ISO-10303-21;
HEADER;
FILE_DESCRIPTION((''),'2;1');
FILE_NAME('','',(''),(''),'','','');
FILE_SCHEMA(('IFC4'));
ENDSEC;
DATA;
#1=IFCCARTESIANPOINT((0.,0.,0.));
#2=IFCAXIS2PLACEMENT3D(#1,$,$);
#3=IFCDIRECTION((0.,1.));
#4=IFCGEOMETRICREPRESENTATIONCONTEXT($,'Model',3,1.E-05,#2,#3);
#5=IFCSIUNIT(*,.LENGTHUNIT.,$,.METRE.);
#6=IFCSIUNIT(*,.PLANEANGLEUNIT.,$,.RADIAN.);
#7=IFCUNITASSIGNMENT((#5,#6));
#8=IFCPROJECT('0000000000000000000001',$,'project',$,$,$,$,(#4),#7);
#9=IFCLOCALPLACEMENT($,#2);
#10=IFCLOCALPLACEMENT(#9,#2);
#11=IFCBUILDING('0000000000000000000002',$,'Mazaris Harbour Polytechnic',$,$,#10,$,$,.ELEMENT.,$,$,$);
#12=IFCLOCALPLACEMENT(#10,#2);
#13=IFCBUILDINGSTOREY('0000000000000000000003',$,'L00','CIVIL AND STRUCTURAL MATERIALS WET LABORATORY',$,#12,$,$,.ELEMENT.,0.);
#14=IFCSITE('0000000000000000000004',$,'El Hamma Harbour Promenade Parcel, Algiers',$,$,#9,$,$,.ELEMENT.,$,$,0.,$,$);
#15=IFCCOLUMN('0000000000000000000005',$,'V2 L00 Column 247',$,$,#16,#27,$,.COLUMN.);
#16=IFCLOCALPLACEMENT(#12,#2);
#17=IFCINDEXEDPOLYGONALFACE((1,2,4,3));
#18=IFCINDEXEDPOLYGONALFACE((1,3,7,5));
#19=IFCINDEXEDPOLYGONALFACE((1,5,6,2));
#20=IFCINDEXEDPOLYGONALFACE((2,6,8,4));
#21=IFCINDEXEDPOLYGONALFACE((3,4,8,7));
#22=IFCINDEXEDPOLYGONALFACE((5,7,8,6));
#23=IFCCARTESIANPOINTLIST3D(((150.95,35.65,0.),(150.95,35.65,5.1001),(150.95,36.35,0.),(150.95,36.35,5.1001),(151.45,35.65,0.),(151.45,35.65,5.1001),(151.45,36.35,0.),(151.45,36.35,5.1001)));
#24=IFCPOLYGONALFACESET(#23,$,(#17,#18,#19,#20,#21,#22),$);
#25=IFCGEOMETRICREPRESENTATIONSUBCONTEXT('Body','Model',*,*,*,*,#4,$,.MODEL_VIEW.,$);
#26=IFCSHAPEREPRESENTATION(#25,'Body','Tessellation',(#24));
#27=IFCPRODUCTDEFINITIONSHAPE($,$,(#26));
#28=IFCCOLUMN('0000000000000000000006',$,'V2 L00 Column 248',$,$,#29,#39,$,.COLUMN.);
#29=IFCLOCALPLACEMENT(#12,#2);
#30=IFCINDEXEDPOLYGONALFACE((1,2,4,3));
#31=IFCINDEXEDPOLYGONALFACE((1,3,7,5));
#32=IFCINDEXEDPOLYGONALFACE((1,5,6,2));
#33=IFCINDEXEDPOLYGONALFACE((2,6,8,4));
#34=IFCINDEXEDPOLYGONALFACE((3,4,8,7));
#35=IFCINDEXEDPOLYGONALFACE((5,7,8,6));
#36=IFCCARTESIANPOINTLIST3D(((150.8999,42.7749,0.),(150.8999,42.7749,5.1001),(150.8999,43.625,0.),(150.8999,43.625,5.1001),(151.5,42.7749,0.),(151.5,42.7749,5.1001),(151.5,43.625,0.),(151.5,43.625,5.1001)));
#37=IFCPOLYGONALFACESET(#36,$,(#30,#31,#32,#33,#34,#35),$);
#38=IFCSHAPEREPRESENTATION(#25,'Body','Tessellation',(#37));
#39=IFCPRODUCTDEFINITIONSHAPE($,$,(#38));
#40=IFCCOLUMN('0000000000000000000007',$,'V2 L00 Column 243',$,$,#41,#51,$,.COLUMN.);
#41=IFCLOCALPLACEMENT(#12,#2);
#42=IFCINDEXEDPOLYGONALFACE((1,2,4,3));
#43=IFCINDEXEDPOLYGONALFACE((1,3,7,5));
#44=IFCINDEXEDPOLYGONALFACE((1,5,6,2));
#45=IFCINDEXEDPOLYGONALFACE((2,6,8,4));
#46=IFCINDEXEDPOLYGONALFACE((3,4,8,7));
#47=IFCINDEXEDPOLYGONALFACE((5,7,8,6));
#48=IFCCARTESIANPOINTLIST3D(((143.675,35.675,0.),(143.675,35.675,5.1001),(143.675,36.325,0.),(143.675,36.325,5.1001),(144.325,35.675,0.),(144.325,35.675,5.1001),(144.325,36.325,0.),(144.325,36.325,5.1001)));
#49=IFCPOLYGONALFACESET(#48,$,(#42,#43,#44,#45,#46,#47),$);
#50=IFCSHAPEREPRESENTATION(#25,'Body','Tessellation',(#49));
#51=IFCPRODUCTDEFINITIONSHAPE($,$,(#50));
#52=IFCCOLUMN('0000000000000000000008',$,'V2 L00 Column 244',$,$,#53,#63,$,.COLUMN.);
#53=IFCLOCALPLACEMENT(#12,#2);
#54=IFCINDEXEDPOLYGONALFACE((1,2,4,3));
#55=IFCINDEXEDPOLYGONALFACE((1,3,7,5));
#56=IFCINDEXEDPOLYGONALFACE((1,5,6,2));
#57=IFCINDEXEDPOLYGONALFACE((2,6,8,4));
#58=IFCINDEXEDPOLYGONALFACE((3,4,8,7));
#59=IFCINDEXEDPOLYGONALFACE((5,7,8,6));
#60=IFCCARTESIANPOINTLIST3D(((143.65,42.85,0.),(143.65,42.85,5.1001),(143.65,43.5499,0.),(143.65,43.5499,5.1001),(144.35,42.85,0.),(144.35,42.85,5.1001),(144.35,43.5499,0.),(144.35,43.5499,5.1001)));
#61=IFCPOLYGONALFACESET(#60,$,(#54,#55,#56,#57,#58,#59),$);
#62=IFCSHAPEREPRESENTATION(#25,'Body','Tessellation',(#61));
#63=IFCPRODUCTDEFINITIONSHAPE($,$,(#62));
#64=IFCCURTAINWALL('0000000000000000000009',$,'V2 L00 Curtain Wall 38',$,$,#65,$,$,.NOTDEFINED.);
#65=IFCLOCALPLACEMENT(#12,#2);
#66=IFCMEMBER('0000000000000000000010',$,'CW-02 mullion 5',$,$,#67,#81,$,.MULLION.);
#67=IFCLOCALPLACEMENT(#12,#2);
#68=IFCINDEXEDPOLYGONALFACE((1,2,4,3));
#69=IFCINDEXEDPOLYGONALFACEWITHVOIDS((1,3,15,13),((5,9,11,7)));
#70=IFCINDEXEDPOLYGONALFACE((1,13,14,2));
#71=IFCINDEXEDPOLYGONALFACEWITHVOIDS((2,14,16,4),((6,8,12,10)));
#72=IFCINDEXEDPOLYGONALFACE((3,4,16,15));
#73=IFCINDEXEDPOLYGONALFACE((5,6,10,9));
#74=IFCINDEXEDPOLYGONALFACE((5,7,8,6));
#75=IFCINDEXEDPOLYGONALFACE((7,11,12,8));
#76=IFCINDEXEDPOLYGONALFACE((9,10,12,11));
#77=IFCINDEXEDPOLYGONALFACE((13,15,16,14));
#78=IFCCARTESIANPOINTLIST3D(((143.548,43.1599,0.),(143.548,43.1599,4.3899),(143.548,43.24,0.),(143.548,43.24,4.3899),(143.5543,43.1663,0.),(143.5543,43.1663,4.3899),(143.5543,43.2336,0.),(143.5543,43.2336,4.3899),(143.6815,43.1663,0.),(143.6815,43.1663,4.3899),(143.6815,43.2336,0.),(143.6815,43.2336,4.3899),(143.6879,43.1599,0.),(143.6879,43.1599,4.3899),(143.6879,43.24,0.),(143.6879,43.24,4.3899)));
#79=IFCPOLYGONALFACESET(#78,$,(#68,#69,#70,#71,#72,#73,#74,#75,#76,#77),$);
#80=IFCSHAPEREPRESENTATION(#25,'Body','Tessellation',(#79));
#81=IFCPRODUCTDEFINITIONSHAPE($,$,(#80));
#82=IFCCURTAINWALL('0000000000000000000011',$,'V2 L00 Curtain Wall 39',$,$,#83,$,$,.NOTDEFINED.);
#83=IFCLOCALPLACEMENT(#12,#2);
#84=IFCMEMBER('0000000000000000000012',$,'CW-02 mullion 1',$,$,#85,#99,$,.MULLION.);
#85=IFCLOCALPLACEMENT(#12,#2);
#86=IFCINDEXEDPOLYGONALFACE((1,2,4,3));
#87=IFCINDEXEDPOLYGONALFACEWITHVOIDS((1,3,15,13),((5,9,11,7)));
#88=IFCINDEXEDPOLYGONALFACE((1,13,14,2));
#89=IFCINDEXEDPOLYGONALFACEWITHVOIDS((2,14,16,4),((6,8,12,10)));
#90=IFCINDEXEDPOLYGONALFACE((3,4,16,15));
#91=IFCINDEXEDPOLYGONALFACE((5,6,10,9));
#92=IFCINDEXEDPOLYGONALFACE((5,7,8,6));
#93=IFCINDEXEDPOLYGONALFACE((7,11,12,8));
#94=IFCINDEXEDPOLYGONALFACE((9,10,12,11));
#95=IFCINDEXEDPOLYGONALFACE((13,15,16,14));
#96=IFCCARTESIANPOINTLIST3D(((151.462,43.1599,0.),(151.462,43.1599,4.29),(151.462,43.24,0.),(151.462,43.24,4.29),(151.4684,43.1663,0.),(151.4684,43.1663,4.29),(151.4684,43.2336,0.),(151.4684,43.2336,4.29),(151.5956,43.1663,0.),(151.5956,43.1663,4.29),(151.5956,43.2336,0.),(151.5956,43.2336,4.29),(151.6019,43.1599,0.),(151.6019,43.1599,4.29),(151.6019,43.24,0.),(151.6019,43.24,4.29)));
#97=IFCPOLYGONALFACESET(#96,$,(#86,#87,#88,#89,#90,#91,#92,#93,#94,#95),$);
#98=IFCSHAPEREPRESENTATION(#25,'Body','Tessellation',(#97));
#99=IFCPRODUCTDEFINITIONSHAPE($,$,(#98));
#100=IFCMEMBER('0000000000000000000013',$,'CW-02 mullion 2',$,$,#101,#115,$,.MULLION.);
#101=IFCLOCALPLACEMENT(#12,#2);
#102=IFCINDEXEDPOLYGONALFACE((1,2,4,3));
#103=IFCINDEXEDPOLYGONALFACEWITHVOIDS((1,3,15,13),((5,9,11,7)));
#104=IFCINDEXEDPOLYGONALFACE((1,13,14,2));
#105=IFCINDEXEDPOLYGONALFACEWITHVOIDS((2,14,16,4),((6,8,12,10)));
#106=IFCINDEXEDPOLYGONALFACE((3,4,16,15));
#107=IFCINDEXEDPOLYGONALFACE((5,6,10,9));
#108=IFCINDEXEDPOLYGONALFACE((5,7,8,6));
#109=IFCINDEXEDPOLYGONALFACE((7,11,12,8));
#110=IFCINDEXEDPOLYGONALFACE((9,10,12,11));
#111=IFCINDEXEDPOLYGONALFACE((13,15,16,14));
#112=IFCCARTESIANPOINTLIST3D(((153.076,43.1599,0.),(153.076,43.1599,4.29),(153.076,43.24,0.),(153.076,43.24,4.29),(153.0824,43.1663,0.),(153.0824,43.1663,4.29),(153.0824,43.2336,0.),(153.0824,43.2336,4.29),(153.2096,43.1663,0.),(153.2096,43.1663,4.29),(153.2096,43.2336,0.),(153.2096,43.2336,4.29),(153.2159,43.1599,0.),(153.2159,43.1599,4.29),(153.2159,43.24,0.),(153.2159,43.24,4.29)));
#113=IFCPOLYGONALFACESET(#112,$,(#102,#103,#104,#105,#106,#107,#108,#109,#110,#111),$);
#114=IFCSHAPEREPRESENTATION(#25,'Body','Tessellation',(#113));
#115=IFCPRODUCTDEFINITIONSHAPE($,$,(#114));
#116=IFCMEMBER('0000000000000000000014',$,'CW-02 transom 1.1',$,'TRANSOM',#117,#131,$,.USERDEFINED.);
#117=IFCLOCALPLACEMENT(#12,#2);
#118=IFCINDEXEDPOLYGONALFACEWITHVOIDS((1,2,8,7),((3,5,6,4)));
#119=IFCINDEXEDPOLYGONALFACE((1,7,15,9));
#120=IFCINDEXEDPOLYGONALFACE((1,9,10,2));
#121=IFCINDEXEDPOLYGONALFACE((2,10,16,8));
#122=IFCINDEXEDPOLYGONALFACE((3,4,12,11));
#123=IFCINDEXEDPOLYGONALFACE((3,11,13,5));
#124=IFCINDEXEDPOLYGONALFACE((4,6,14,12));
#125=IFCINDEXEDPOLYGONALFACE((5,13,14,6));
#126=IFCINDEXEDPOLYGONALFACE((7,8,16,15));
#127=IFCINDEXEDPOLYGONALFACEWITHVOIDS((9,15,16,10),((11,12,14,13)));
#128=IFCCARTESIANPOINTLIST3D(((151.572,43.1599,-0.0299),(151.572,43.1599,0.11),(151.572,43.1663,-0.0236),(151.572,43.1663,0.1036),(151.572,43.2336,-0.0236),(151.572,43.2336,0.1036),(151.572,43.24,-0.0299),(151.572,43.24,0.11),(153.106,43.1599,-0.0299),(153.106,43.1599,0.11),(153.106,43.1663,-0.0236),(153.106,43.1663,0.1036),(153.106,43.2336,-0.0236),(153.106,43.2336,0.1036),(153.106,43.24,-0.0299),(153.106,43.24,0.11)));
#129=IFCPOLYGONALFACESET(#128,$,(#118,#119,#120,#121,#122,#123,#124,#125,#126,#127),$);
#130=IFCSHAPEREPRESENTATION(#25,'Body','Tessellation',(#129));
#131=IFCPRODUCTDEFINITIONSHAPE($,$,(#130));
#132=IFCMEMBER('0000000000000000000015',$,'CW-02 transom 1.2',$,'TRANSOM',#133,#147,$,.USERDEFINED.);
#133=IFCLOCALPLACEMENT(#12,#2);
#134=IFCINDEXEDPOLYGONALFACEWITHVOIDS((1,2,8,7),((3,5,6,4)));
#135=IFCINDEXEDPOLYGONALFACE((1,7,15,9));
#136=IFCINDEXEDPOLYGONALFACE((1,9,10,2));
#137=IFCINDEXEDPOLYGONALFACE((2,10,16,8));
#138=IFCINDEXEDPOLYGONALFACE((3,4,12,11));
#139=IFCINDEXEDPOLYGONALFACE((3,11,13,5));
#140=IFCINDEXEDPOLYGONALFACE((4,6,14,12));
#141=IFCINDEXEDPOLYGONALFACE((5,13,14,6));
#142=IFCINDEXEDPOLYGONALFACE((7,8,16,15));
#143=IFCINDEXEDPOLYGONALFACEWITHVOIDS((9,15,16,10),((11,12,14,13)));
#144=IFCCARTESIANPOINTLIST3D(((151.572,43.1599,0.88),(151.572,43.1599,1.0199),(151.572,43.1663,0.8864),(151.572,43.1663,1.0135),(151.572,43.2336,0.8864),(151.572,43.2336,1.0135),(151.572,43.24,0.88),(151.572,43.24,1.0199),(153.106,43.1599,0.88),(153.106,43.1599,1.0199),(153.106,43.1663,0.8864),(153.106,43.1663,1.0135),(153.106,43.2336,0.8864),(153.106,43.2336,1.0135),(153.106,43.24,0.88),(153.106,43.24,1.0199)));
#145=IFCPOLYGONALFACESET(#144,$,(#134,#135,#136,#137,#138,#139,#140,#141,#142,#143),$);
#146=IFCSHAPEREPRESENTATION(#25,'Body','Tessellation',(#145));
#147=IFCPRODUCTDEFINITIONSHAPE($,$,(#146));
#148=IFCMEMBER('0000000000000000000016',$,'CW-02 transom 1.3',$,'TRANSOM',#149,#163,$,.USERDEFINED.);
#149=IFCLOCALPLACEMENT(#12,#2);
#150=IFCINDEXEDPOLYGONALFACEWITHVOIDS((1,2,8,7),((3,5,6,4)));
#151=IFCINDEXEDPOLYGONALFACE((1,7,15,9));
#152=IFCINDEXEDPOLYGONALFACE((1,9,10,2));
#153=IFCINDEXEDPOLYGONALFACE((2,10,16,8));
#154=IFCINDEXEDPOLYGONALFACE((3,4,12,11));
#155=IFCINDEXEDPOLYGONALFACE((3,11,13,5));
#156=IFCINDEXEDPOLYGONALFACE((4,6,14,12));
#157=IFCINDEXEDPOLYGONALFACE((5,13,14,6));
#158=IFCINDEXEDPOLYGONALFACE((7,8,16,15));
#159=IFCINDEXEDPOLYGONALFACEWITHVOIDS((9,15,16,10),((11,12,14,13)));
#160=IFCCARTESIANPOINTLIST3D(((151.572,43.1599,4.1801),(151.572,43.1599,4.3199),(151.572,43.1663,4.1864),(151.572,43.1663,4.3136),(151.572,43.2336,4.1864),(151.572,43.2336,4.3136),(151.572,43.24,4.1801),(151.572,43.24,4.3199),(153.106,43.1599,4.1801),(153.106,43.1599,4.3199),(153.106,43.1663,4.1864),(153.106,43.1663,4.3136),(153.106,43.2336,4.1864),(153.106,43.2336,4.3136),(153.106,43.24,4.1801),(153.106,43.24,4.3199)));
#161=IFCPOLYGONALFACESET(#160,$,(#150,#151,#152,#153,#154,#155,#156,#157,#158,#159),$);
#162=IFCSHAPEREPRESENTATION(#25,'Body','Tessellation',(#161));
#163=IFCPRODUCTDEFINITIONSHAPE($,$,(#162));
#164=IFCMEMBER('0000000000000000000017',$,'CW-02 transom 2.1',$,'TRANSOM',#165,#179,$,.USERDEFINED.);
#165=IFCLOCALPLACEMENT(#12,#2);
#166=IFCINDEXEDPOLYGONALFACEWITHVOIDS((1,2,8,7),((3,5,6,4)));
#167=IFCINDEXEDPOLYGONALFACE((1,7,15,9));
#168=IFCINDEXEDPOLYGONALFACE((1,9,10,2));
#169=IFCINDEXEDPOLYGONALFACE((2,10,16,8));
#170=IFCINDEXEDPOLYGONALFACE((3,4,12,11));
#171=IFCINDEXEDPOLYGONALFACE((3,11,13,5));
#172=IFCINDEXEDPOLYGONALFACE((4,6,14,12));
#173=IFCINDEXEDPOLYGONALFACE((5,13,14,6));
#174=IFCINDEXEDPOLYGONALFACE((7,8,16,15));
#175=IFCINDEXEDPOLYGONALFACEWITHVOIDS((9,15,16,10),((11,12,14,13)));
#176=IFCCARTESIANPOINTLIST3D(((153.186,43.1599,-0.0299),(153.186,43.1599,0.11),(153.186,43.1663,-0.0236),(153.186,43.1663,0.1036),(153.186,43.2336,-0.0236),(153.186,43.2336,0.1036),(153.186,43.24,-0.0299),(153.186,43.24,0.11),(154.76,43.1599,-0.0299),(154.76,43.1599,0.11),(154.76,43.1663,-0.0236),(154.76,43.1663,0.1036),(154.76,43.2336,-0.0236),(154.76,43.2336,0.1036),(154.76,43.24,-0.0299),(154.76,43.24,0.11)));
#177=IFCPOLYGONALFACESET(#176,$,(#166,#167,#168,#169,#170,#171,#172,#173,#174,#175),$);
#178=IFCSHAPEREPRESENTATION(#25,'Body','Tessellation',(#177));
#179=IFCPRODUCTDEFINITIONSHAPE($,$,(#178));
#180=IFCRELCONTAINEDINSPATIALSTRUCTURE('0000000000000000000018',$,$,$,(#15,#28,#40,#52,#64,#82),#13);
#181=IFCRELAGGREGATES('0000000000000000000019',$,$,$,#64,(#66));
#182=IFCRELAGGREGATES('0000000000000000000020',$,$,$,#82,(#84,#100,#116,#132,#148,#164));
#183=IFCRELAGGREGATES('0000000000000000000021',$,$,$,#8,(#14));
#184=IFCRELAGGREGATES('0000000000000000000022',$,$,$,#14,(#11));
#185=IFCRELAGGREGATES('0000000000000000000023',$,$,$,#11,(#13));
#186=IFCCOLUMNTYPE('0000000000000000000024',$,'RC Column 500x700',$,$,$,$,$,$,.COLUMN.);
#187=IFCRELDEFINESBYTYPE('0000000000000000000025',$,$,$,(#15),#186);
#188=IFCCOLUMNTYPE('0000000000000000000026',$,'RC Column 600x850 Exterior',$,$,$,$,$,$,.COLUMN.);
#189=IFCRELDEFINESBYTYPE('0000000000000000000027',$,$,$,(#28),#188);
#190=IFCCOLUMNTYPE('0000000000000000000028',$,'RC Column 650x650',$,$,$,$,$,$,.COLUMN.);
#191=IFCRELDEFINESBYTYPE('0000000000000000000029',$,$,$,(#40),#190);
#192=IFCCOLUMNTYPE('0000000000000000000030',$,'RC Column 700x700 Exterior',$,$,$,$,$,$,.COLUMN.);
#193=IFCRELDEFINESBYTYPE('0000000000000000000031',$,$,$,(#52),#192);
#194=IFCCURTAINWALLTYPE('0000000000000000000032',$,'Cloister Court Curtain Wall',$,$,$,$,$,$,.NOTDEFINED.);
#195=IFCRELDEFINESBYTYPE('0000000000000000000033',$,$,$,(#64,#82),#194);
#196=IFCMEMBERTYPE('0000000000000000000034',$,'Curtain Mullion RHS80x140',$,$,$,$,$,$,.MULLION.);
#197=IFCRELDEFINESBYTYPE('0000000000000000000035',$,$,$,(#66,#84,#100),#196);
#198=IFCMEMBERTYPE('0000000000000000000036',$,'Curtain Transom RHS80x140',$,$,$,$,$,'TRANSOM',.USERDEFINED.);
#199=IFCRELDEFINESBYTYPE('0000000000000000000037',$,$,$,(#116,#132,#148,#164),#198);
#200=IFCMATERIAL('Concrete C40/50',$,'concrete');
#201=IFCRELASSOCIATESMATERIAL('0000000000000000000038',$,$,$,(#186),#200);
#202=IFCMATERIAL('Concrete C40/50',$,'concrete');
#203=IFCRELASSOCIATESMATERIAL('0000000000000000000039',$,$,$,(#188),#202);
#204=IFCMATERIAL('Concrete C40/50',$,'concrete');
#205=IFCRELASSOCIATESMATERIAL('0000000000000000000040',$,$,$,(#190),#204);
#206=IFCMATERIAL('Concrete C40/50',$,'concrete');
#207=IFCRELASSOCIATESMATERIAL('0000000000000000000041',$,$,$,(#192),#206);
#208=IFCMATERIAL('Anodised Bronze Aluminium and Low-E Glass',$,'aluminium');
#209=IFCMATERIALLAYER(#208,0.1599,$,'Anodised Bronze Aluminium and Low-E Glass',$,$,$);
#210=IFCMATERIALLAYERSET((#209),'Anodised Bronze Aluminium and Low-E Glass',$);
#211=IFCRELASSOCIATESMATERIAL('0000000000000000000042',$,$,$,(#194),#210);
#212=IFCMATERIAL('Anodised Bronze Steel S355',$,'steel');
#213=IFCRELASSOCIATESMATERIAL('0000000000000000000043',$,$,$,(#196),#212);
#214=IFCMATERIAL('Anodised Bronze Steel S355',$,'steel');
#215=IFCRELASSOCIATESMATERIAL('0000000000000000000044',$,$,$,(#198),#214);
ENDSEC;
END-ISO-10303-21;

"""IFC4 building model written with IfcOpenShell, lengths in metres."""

from ifc_helpers import new_model, si_unit, direction, frame, origin, origin_2d, place, context, subcontext, project, spatial, rectangle, hollow_rectangle, extrude, material, layer, layer_set, material_profile, profile_set, type_object, element, aggregate, save


model = new_model("IFC4")

# Units and contexts
model_context = context("Model", 3, precision=1e-05, world=origin(), true_north=direction((0.0, 1.0)))
body_context = subcontext(model_context, "Body", "Model", "MODEL_VIEW")
ifc_project = project(units=[si_unit("LENGTHUNIT", "METRE"), si_unit("PLANEANGLEUNIT", "RADIAN")], contexts=[model_context])

# Site, building, storey
site_placement = place(None, origin())
site = spatial("IfcSite", under=ifc_project, at=site_placement, Name="El Hamma Harbour Promenade Parcel, Algiers", CompositionType="ELEMENT", RefElevation=0.0)
building_placement = place(site_placement, origin())
building = spatial("IfcBuilding", under=site, at=building_placement, Name="Mazaris Harbour Polytechnic", CompositionType="ELEMENT")
storey_placement = place(building_placement, origin())
storey = spatial("IfcBuildingStorey", under=building, at=storey_placement, Name="L00", Description="CIVIL AND STRUCTURAL MATERIALS WET LABORATORY", CompositionType="ELEMENT", Elevation=0.0)

# Columns
ifc_material_1 = material(Name="Concrete C40/50", Category="concrete")
ifc_material_profile_1 = material_profile(ifc_material_1, rectangle(XDim=0.5, YDim=0.7, at=origin_2d()), Name="RECT500x700")
ifc_profile_set_1 = profile_set([ifc_material_profile_1], Name="Concrete C40/50")
column_type_1 = type_object("IfcColumnType", Name="RC Column 500x700", PredefinedType="COLUMN", material=ifc_profile_set_1)
column_1_placement = place(storey_placement, frame((151.2, 36.0, 0.0), z_axis=(0.0, 0.0, 1.0), x_axis=(1.0, 0.0, 0.0)))
element("IfcColumn", 1, at=column_1_placement, inside=storey, type_object=column_type_1, Name="V2 L00 Column 247", PredefinedType="COLUMN", context=body_context, shape_type="SweptSolid", body=[
    extrude(rectangle(XDim=0.5, YDim=0.7, at=origin_2d()), origin(), (0.0, 0.0, 1.0), 5.1001),
])
ifc_material_2 = material(Name="Concrete C40/50", Category="concrete")
ifc_material_profile_2 = material_profile(ifc_material_2, rectangle(XDim=0.6001, YDim=0.8501, at=origin_2d()), Name="RECT600x850")
ifc_profile_set_2 = profile_set([ifc_material_profile_2], Name="Concrete C40/50")
column_type_2 = type_object("IfcColumnType", Name="RC Column 600x850 Exterior", PredefinedType="COLUMN", material=ifc_profile_set_2)
column_2_placement = place(storey_placement, frame((151.2, 43.2, 0.0), z_axis=(0.0, 0.0, 1.0), x_axis=(1.0, 0.0, 0.0)))
element("IfcColumn", 2, at=column_2_placement, inside=storey, type_object=column_type_2, Name="V2 L00 Column 248", PredefinedType="COLUMN", context=body_context, shape_type="SweptSolid", body=[
    extrude(rectangle(XDim=0.6001, YDim=0.8501, at=origin_2d()), origin(), (0.0, 0.0, 1.0), 5.1001),
])
ifc_material_3 = material(Name="Concrete C40/50", Category="concrete")
ifc_material_profile_3 = material_profile(ifc_material_3, rectangle(XDim=0.6499, YDim=0.6499, at=origin_2d()), Name="RECT650x650")
ifc_profile_set_3 = profile_set([ifc_material_profile_3], Name="Concrete C40/50")
column_type_3 = type_object("IfcColumnType", Name="RC Column 650x650", PredefinedType="COLUMN", material=ifc_profile_set_3)
column_3_placement = place(storey_placement, frame((144.0, 36.0, 0.0), z_axis=(0.0, 0.0, 1.0), x_axis=(1.0, 0.0, 0.0)))
element("IfcColumn", 3, at=column_3_placement, inside=storey, type_object=column_type_3, Name="V2 L00 Column 243", PredefinedType="COLUMN", context=body_context, shape_type="SweptSolid", body=[
    extrude(rectangle(XDim=0.6499, YDim=0.6499, at=origin_2d()), origin(), (0.0, 0.0, 1.0), 5.1001),
])
ifc_material_4 = material(Name="Concrete C40/50", Category="concrete")
ifc_material_profile_4 = material_profile(ifc_material_4, rectangle(XDim=0.7, YDim=0.7, at=origin_2d()), Name="RECT700x700")
ifc_profile_set_4 = profile_set([ifc_material_profile_4], Name="Concrete C40/50")
column_type_4 = type_object("IfcColumnType", Name="RC Column 700x700 Exterior", PredefinedType="COLUMN", material=ifc_profile_set_4)
column_4_placement = place(storey_placement, frame((144.0, 43.2, 0.0), z_axis=(0.0, 0.0, 1.0), x_axis=(1.0, 0.0, 0.0)))
element("IfcColumn", 4, at=column_4_placement, inside=storey, type_object=column_type_4, Name="V2 L00 Column 244", PredefinedType="COLUMN", context=body_context, shape_type="SweptSolid", body=[
    extrude(rectangle(XDim=0.7, YDim=0.7, at=origin_2d()), origin(), (0.0, 0.0, 1.0), 5.1001),
])

# Curtain wall, member
ifc_material_5 = material(Name="Anodised Bronze Aluminium and Low-E Glass", Category="aluminium")
ifc_layer_1 = layer(ifc_material_5, 0.1599, Name="Anodised Bronze Aluminium and Low-E Glass")
ifc_layer_set_1 = layer_set([ifc_layer_1], Name="Anodised Bronze Aluminium and Low-E Glass")
curtain_wall_type = type_object("IfcCurtainWallType", Name="Cloister Court Curtain Wall", PredefinedType="NOTDEFINED", material=ifc_layer_set_1)
curtain_wall_1_placement = place(storey_placement, origin())
curtain_wall_1 = element("IfcCurtainWall", 5, at=curtain_wall_1_placement, inside=storey, type_object=curtain_wall_type, Name="V2 L00 Curtain Wall 38", PredefinedType="NOTDEFINED")
ifc_material_6 = material(Name="Anodised Bronze Steel S355", Category="steel")
ifc_material_profile_5 = material_profile(ifc_material_6, hollow_rectangle(XDim=0.0801, YDim=0.1399, WallThickness=0.0063, at=origin_2d()), Name="RHS 80x140x6.3")
ifc_profile_set_5 = profile_set([ifc_material_profile_5], Name="Anodised Bronze Steel S355")
member_type_1 = type_object("IfcMemberType", Name="Curtain Mullion RHS80x140", PredefinedType="MULLION", material=ifc_profile_set_5)
member_1_placement = place(storey_placement, frame((143.6179, 43.2, 0.0), z_axis=(0.0, 0.0, 1.0), x_axis=(0.0, 1.0, 0.0)))
member_1 = element("IfcMember", 6, at=member_1_placement, type_object=member_type_1, Name="CW-02 mullion 5", PredefinedType="MULLION", context=body_context, shape_type="SweptSolid", body=[
    extrude(hollow_rectangle(XDim=0.0801, YDim=0.1399, WallThickness=0.0063, at=origin_2d()), origin(), (0.0, 0.0, 1.0), 4.3899),
])

# Curtain wall, members
curtain_wall_2_placement = place(storey_placement, origin())
curtain_wall_2 = element("IfcCurtainWall", 7, at=curtain_wall_2_placement, inside=storey, type_object=curtain_wall_type, Name="V2 L00 Curtain Wall 39", PredefinedType="NOTDEFINED")
member_2_placement = place(storey_placement, frame((151.532, 43.2, 0.0), z_axis=(0.0, 0.0, 1.0), x_axis=(0.0, 1.0, 0.0)))
member_2 = element("IfcMember", 8, at=member_2_placement, type_object=member_type_1, Name="CW-02 mullion 1", PredefinedType="MULLION", context=body_context, shape_type="SweptSolid", body=[
    extrude(hollow_rectangle(XDim=0.0801, YDim=0.1399, WallThickness=0.0063, at=origin_2d()), origin(), (0.0, 0.0, 1.0), 4.29),
])
member_3_placement = place(storey_placement, frame((153.146, 43.2, 0.0), z_axis=(0.0, 0.0, 1.0), x_axis=(0.0, 1.0, 0.0)))
member_3 = element("IfcMember", 9, at=member_3_placement, type_object=member_type_1, Name="CW-02 mullion 2", PredefinedType="MULLION", context=body_context, shape_type="SweptSolid", body=[
    extrude(hollow_rectangle(XDim=0.0801, YDim=0.1399, WallThickness=0.0063, at=origin_2d()), origin(), (0.0, 0.0, 1.0), 4.29),
])
ifc_material_7 = material(Name="Anodised Bronze Steel S355", Category="steel")
ifc_material_profile_6 = material_profile(ifc_material_7, hollow_rectangle(XDim=0.0801, YDim=0.1399, WallThickness=0.0063, at=origin_2d()), Name="RHS 80x140x6.3")
ifc_profile_set_6 = profile_set([ifc_material_profile_6], Name="Anodised Bronze Steel S355")
member_type_2 = type_object("IfcMemberType", Name="Curtain Transom RHS80x140", ElementType="TRANSOM", PredefinedType="USERDEFINED", material=ifc_profile_set_6)
member_4_placement = place(storey_placement, frame((151.572, 43.2, 0.04), z_axis=(1.0, 0.0, 0.0), x_axis=(0.0, 1.0, 0.0)))
member_4 = element("IfcMember", 10, at=member_4_placement, type_object=member_type_2, Name="CW-02 transom 1.1", ObjectType="TRANSOM", PredefinedType="USERDEFINED", context=body_context, shape_type="SweptSolid", body=[
    extrude(hollow_rectangle(XDim=0.0801, YDim=0.1399, WallThickness=0.0063, at=origin_2d()), origin(), (0.0, 0.0, 1.0), 1.5339),
])
member_5_placement = place(storey_placement, frame((151.572, 43.2, 0.95), z_axis=(1.0, 0.0, 0.0), x_axis=(0.0, 1.0, 0.0)))
member_5 = element("IfcMember", 11, at=member_5_placement, type_object=member_type_2, Name="CW-02 transom 1.2", ObjectType="TRANSOM", PredefinedType="USERDEFINED", context=body_context, shape_type="SweptSolid", body=[
    extrude(hollow_rectangle(XDim=0.0801, YDim=0.1399, WallThickness=0.0063, at=origin_2d()), origin(), (0.0, 0.0, 1.0), 1.5339),
])
member_6_placement = place(storey_placement, frame((151.572, 43.2, 4.25), z_axis=(1.0, 0.0, 0.0), x_axis=(0.0, 1.0, 0.0)))
member_6 = element("IfcMember", 12, at=member_6_placement, type_object=member_type_2, Name="CW-02 transom 1.3", ObjectType="TRANSOM", PredefinedType="USERDEFINED", context=body_context, shape_type="SweptSolid", body=[
    extrude(hollow_rectangle(XDim=0.0801, YDim=0.1399, WallThickness=0.0063, at=origin_2d()), origin(), (0.0, 0.0, 1.0), 1.5339),
])
member_7_placement = place(storey_placement, frame((153.186, 43.2, 0.04), z_axis=(1.0, 0.0, 0.0), x_axis=(0.0, 1.0, 0.0)))
member_7 = element("IfcMember", 13, at=member_7_placement, type_object=member_type_2, Name="CW-02 transom 2.1", ObjectType="TRANSOM", PredefinedType="USERDEFINED", context=body_context, shape_type="SweptSolid", body=[
    extrude(hollow_rectangle(XDim=0.0801, YDim=0.1399, WallThickness=0.0063, at=origin_2d()), origin(), (0.0, 0.0, 1.0), 1.574),
])

aggregate(curtain_wall_1, [member_1])
aggregate(curtain_wall_2, [member_2, member_3, member_4, member_5, member_6, member_7])

save(model, "model.ifc")
